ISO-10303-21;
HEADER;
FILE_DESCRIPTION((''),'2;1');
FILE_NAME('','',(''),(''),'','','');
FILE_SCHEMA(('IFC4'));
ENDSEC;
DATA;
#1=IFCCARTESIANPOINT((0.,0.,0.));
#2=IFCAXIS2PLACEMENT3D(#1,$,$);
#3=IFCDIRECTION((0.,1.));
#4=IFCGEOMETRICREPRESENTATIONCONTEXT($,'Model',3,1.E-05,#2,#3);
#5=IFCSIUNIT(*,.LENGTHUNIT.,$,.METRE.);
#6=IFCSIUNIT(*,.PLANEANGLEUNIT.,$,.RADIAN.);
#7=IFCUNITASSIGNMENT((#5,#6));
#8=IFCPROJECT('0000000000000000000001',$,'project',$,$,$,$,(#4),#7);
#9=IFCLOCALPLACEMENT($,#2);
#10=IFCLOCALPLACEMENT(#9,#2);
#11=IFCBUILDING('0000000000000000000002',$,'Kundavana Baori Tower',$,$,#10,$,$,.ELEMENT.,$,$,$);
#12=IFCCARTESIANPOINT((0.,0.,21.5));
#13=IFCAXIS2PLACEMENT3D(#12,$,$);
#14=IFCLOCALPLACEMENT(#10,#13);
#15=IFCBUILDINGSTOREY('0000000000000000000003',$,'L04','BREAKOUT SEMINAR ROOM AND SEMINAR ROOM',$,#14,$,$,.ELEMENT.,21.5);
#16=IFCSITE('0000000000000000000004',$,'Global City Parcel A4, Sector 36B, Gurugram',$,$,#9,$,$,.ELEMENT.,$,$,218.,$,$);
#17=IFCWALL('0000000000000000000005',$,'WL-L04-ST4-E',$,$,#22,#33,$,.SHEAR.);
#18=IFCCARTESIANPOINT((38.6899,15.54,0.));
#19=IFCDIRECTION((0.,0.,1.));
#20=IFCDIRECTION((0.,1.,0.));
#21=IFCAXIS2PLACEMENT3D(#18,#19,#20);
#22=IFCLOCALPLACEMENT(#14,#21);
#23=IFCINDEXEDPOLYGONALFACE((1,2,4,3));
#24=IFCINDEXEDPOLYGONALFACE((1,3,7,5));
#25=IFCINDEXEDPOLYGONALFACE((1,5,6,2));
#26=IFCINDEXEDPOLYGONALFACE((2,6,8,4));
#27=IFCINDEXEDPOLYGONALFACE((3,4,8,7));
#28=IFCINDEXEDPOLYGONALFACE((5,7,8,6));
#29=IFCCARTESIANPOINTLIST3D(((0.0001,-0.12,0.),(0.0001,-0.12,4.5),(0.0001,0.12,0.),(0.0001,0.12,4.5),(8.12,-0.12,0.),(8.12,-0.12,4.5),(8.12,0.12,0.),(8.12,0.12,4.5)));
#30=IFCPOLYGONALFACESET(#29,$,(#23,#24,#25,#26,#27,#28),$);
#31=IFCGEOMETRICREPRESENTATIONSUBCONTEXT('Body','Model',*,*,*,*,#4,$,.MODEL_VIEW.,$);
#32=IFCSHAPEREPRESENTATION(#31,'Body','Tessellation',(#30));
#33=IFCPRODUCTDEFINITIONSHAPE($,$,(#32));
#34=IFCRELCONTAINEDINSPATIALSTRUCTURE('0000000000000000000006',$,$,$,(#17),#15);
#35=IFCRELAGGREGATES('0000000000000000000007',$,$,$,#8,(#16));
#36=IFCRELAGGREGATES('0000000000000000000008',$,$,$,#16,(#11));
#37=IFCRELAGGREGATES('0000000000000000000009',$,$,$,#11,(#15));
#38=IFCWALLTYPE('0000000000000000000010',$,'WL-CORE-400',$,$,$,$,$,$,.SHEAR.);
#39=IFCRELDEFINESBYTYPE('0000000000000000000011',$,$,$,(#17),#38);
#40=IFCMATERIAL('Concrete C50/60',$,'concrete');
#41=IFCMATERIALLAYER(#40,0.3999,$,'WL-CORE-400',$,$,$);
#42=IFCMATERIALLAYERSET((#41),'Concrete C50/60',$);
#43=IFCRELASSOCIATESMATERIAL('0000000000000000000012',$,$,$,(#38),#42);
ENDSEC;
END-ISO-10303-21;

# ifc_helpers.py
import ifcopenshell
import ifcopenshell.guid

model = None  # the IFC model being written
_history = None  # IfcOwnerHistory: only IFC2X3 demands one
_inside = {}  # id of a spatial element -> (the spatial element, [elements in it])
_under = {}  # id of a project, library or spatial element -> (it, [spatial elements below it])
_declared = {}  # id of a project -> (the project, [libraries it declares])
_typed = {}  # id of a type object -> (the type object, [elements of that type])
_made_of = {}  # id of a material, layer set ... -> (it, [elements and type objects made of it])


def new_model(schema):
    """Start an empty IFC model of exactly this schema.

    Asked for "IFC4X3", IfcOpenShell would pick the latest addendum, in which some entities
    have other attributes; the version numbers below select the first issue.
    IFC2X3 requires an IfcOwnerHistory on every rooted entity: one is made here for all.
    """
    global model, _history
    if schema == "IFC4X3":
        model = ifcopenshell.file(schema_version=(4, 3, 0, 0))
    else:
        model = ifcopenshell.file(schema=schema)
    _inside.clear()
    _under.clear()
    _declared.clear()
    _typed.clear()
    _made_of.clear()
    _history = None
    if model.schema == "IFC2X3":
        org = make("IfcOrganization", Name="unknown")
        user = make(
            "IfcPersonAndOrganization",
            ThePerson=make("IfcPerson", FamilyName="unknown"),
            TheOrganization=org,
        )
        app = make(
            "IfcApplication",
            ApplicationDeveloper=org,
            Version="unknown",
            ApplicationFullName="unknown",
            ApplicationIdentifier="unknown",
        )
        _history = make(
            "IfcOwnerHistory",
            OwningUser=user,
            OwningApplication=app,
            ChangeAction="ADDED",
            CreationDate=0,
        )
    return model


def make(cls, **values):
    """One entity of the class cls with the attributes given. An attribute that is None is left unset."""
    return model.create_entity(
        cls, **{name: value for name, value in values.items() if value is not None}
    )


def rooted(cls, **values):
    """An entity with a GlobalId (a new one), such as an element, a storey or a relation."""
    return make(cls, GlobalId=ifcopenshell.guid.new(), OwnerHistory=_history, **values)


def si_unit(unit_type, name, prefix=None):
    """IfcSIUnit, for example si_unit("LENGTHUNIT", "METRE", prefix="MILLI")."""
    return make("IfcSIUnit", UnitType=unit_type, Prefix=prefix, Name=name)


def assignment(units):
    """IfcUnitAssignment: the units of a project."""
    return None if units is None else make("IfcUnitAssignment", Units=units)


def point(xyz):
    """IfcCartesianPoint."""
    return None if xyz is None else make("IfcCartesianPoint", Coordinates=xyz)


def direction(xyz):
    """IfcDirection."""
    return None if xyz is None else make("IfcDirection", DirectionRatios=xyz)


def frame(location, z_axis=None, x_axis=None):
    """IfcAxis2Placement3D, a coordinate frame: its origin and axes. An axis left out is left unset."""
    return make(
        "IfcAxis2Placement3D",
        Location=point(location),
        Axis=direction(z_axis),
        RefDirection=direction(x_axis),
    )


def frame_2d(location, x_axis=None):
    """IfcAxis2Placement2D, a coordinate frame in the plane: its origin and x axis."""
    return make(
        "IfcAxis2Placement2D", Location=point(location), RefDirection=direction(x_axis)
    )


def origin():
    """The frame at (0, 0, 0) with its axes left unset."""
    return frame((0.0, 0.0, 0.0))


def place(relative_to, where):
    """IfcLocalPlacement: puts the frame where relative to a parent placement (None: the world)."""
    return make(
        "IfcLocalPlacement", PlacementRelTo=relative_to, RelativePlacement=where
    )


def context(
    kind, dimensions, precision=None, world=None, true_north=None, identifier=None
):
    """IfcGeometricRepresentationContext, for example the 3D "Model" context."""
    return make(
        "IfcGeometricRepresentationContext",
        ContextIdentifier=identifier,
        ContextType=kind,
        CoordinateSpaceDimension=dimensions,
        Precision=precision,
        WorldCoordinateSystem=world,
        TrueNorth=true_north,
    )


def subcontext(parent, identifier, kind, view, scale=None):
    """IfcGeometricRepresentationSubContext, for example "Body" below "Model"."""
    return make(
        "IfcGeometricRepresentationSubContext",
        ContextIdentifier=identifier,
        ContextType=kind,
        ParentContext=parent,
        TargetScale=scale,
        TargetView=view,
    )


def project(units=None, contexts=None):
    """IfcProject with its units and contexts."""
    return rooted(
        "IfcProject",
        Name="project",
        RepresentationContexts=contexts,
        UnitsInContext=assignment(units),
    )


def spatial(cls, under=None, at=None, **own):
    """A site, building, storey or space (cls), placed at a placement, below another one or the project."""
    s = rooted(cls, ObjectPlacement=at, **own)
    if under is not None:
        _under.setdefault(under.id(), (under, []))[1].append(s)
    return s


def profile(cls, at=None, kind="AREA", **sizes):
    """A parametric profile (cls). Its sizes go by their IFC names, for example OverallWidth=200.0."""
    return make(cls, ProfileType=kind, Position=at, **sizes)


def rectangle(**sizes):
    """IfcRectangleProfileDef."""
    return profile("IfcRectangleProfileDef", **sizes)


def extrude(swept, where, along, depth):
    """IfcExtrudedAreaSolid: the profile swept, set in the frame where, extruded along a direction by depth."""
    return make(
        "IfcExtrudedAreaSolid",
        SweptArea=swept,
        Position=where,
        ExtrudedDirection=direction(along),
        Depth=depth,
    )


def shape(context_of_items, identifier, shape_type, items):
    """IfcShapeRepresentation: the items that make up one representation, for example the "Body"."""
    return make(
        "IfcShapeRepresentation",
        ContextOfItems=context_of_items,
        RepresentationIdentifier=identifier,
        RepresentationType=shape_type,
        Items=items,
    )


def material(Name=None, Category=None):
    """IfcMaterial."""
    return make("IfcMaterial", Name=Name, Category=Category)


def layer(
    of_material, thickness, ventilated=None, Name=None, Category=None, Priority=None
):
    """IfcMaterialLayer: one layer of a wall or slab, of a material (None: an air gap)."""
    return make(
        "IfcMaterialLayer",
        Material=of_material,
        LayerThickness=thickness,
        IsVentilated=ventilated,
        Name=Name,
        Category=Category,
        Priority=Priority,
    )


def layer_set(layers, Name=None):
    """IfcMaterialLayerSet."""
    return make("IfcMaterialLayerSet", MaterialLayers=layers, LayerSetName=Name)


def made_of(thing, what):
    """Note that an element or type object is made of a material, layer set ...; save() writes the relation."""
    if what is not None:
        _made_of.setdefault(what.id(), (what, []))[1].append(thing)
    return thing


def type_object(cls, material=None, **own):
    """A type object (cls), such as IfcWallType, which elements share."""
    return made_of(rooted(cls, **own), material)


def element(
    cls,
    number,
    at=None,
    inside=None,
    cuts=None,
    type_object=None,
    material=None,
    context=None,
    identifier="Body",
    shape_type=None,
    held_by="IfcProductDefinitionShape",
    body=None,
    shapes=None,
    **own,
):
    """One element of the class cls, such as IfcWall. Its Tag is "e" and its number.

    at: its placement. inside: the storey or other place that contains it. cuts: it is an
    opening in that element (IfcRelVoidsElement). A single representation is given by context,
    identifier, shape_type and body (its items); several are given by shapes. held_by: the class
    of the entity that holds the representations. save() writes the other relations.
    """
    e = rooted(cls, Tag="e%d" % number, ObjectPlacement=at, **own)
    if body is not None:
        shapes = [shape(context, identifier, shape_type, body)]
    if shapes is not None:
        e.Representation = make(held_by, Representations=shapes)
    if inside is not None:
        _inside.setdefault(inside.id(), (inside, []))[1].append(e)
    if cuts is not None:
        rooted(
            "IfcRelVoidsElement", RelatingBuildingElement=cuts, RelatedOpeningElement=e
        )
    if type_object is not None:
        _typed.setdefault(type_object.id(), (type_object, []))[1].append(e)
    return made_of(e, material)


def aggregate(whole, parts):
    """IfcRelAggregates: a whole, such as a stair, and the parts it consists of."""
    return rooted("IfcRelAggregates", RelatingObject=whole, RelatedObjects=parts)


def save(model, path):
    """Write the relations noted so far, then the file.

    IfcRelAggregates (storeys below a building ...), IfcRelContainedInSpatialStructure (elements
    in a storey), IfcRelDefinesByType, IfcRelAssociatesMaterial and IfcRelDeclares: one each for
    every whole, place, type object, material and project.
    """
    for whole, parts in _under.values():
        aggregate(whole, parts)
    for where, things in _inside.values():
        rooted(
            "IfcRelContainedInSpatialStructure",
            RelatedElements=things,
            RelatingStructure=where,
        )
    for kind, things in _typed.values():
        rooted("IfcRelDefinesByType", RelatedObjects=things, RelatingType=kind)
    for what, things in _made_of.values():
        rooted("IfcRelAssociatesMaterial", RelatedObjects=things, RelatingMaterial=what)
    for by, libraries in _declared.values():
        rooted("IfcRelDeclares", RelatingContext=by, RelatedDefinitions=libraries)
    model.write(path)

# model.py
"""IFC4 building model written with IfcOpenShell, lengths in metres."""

from ifc_helpers import new_model, si_unit, direction, frame, frame_2d, origin, place, context, subcontext, project, spatial, rectangle, extrude, material, layer, layer_set, type_object, element, save


model = new_model("IFC4")

# Units and contexts
model_context = context("Model", 3, precision=1e-05, world=origin(), true_north=direction((0.0, 1.0)))
body_context = subcontext(model_context, "Body", "Model", "MODEL_VIEW")
ifc_project = project(units=[si_unit("LENGTHUNIT", "METRE"), si_unit("PLANEANGLEUNIT", "RADIAN")], contexts=[model_context])

# Site, building, storey
site_placement = place(None, origin())
site = spatial("IfcSite", under=ifc_project, at=site_placement, Name="Global City Parcel A4, Sector 36B, Gurugram", CompositionType="ELEMENT", RefElevation=218.0)
building_placement = place(site_placement, origin())
building = spatial("IfcBuilding", under=site, at=building_placement, Name="Kundavana Baori Tower", CompositionType="ELEMENT")
storey_placement = place(building_placement, frame((0.0, 0.0, 21.5)))
storey = spatial("IfcBuildingStorey", under=building, at=storey_placement, Name="L04", Description="BREAKOUT SEMINAR ROOM AND SEMINAR ROOM", CompositionType="ELEMENT", Elevation=21.5)

# Shared definitions
ifc_material_1 = material(Name="Concrete C50/60", Category="concrete")
ifc_layer_1 = layer(ifc_material_1, 0.3999, Name="WL-CORE-400")
ifc_layer_set_1 = layer_set([ifc_layer_1], Name="Concrete C50/60")
wall_type_1 = type_object("IfcWallType", Name="WL-CORE-400", PredefinedType="SHEAR", material=ifc_layer_set_1)

# Wall
wall_1_placement = place(storey_placement, frame((38.6899, 15.54, 0.0), z_axis=(0.0, 0.0, 1.0), x_axis=(0.0, 1.0, 0.0)))
element("IfcWall", 1, at=wall_1_placement, inside=storey, type_object=wall_type_1, Name="WL-L04-ST4-E", PredefinedType="SHEAR", context=body_context, shape_type="SweptSolid", body=[
    extrude(rectangle(XDim=8.1199, YDim=0.24, at=frame_2d((4.0601, 0.0))), origin(), (0.0, 0.0, 1.0), 4.5),
])

save(model, "model.ifc")
